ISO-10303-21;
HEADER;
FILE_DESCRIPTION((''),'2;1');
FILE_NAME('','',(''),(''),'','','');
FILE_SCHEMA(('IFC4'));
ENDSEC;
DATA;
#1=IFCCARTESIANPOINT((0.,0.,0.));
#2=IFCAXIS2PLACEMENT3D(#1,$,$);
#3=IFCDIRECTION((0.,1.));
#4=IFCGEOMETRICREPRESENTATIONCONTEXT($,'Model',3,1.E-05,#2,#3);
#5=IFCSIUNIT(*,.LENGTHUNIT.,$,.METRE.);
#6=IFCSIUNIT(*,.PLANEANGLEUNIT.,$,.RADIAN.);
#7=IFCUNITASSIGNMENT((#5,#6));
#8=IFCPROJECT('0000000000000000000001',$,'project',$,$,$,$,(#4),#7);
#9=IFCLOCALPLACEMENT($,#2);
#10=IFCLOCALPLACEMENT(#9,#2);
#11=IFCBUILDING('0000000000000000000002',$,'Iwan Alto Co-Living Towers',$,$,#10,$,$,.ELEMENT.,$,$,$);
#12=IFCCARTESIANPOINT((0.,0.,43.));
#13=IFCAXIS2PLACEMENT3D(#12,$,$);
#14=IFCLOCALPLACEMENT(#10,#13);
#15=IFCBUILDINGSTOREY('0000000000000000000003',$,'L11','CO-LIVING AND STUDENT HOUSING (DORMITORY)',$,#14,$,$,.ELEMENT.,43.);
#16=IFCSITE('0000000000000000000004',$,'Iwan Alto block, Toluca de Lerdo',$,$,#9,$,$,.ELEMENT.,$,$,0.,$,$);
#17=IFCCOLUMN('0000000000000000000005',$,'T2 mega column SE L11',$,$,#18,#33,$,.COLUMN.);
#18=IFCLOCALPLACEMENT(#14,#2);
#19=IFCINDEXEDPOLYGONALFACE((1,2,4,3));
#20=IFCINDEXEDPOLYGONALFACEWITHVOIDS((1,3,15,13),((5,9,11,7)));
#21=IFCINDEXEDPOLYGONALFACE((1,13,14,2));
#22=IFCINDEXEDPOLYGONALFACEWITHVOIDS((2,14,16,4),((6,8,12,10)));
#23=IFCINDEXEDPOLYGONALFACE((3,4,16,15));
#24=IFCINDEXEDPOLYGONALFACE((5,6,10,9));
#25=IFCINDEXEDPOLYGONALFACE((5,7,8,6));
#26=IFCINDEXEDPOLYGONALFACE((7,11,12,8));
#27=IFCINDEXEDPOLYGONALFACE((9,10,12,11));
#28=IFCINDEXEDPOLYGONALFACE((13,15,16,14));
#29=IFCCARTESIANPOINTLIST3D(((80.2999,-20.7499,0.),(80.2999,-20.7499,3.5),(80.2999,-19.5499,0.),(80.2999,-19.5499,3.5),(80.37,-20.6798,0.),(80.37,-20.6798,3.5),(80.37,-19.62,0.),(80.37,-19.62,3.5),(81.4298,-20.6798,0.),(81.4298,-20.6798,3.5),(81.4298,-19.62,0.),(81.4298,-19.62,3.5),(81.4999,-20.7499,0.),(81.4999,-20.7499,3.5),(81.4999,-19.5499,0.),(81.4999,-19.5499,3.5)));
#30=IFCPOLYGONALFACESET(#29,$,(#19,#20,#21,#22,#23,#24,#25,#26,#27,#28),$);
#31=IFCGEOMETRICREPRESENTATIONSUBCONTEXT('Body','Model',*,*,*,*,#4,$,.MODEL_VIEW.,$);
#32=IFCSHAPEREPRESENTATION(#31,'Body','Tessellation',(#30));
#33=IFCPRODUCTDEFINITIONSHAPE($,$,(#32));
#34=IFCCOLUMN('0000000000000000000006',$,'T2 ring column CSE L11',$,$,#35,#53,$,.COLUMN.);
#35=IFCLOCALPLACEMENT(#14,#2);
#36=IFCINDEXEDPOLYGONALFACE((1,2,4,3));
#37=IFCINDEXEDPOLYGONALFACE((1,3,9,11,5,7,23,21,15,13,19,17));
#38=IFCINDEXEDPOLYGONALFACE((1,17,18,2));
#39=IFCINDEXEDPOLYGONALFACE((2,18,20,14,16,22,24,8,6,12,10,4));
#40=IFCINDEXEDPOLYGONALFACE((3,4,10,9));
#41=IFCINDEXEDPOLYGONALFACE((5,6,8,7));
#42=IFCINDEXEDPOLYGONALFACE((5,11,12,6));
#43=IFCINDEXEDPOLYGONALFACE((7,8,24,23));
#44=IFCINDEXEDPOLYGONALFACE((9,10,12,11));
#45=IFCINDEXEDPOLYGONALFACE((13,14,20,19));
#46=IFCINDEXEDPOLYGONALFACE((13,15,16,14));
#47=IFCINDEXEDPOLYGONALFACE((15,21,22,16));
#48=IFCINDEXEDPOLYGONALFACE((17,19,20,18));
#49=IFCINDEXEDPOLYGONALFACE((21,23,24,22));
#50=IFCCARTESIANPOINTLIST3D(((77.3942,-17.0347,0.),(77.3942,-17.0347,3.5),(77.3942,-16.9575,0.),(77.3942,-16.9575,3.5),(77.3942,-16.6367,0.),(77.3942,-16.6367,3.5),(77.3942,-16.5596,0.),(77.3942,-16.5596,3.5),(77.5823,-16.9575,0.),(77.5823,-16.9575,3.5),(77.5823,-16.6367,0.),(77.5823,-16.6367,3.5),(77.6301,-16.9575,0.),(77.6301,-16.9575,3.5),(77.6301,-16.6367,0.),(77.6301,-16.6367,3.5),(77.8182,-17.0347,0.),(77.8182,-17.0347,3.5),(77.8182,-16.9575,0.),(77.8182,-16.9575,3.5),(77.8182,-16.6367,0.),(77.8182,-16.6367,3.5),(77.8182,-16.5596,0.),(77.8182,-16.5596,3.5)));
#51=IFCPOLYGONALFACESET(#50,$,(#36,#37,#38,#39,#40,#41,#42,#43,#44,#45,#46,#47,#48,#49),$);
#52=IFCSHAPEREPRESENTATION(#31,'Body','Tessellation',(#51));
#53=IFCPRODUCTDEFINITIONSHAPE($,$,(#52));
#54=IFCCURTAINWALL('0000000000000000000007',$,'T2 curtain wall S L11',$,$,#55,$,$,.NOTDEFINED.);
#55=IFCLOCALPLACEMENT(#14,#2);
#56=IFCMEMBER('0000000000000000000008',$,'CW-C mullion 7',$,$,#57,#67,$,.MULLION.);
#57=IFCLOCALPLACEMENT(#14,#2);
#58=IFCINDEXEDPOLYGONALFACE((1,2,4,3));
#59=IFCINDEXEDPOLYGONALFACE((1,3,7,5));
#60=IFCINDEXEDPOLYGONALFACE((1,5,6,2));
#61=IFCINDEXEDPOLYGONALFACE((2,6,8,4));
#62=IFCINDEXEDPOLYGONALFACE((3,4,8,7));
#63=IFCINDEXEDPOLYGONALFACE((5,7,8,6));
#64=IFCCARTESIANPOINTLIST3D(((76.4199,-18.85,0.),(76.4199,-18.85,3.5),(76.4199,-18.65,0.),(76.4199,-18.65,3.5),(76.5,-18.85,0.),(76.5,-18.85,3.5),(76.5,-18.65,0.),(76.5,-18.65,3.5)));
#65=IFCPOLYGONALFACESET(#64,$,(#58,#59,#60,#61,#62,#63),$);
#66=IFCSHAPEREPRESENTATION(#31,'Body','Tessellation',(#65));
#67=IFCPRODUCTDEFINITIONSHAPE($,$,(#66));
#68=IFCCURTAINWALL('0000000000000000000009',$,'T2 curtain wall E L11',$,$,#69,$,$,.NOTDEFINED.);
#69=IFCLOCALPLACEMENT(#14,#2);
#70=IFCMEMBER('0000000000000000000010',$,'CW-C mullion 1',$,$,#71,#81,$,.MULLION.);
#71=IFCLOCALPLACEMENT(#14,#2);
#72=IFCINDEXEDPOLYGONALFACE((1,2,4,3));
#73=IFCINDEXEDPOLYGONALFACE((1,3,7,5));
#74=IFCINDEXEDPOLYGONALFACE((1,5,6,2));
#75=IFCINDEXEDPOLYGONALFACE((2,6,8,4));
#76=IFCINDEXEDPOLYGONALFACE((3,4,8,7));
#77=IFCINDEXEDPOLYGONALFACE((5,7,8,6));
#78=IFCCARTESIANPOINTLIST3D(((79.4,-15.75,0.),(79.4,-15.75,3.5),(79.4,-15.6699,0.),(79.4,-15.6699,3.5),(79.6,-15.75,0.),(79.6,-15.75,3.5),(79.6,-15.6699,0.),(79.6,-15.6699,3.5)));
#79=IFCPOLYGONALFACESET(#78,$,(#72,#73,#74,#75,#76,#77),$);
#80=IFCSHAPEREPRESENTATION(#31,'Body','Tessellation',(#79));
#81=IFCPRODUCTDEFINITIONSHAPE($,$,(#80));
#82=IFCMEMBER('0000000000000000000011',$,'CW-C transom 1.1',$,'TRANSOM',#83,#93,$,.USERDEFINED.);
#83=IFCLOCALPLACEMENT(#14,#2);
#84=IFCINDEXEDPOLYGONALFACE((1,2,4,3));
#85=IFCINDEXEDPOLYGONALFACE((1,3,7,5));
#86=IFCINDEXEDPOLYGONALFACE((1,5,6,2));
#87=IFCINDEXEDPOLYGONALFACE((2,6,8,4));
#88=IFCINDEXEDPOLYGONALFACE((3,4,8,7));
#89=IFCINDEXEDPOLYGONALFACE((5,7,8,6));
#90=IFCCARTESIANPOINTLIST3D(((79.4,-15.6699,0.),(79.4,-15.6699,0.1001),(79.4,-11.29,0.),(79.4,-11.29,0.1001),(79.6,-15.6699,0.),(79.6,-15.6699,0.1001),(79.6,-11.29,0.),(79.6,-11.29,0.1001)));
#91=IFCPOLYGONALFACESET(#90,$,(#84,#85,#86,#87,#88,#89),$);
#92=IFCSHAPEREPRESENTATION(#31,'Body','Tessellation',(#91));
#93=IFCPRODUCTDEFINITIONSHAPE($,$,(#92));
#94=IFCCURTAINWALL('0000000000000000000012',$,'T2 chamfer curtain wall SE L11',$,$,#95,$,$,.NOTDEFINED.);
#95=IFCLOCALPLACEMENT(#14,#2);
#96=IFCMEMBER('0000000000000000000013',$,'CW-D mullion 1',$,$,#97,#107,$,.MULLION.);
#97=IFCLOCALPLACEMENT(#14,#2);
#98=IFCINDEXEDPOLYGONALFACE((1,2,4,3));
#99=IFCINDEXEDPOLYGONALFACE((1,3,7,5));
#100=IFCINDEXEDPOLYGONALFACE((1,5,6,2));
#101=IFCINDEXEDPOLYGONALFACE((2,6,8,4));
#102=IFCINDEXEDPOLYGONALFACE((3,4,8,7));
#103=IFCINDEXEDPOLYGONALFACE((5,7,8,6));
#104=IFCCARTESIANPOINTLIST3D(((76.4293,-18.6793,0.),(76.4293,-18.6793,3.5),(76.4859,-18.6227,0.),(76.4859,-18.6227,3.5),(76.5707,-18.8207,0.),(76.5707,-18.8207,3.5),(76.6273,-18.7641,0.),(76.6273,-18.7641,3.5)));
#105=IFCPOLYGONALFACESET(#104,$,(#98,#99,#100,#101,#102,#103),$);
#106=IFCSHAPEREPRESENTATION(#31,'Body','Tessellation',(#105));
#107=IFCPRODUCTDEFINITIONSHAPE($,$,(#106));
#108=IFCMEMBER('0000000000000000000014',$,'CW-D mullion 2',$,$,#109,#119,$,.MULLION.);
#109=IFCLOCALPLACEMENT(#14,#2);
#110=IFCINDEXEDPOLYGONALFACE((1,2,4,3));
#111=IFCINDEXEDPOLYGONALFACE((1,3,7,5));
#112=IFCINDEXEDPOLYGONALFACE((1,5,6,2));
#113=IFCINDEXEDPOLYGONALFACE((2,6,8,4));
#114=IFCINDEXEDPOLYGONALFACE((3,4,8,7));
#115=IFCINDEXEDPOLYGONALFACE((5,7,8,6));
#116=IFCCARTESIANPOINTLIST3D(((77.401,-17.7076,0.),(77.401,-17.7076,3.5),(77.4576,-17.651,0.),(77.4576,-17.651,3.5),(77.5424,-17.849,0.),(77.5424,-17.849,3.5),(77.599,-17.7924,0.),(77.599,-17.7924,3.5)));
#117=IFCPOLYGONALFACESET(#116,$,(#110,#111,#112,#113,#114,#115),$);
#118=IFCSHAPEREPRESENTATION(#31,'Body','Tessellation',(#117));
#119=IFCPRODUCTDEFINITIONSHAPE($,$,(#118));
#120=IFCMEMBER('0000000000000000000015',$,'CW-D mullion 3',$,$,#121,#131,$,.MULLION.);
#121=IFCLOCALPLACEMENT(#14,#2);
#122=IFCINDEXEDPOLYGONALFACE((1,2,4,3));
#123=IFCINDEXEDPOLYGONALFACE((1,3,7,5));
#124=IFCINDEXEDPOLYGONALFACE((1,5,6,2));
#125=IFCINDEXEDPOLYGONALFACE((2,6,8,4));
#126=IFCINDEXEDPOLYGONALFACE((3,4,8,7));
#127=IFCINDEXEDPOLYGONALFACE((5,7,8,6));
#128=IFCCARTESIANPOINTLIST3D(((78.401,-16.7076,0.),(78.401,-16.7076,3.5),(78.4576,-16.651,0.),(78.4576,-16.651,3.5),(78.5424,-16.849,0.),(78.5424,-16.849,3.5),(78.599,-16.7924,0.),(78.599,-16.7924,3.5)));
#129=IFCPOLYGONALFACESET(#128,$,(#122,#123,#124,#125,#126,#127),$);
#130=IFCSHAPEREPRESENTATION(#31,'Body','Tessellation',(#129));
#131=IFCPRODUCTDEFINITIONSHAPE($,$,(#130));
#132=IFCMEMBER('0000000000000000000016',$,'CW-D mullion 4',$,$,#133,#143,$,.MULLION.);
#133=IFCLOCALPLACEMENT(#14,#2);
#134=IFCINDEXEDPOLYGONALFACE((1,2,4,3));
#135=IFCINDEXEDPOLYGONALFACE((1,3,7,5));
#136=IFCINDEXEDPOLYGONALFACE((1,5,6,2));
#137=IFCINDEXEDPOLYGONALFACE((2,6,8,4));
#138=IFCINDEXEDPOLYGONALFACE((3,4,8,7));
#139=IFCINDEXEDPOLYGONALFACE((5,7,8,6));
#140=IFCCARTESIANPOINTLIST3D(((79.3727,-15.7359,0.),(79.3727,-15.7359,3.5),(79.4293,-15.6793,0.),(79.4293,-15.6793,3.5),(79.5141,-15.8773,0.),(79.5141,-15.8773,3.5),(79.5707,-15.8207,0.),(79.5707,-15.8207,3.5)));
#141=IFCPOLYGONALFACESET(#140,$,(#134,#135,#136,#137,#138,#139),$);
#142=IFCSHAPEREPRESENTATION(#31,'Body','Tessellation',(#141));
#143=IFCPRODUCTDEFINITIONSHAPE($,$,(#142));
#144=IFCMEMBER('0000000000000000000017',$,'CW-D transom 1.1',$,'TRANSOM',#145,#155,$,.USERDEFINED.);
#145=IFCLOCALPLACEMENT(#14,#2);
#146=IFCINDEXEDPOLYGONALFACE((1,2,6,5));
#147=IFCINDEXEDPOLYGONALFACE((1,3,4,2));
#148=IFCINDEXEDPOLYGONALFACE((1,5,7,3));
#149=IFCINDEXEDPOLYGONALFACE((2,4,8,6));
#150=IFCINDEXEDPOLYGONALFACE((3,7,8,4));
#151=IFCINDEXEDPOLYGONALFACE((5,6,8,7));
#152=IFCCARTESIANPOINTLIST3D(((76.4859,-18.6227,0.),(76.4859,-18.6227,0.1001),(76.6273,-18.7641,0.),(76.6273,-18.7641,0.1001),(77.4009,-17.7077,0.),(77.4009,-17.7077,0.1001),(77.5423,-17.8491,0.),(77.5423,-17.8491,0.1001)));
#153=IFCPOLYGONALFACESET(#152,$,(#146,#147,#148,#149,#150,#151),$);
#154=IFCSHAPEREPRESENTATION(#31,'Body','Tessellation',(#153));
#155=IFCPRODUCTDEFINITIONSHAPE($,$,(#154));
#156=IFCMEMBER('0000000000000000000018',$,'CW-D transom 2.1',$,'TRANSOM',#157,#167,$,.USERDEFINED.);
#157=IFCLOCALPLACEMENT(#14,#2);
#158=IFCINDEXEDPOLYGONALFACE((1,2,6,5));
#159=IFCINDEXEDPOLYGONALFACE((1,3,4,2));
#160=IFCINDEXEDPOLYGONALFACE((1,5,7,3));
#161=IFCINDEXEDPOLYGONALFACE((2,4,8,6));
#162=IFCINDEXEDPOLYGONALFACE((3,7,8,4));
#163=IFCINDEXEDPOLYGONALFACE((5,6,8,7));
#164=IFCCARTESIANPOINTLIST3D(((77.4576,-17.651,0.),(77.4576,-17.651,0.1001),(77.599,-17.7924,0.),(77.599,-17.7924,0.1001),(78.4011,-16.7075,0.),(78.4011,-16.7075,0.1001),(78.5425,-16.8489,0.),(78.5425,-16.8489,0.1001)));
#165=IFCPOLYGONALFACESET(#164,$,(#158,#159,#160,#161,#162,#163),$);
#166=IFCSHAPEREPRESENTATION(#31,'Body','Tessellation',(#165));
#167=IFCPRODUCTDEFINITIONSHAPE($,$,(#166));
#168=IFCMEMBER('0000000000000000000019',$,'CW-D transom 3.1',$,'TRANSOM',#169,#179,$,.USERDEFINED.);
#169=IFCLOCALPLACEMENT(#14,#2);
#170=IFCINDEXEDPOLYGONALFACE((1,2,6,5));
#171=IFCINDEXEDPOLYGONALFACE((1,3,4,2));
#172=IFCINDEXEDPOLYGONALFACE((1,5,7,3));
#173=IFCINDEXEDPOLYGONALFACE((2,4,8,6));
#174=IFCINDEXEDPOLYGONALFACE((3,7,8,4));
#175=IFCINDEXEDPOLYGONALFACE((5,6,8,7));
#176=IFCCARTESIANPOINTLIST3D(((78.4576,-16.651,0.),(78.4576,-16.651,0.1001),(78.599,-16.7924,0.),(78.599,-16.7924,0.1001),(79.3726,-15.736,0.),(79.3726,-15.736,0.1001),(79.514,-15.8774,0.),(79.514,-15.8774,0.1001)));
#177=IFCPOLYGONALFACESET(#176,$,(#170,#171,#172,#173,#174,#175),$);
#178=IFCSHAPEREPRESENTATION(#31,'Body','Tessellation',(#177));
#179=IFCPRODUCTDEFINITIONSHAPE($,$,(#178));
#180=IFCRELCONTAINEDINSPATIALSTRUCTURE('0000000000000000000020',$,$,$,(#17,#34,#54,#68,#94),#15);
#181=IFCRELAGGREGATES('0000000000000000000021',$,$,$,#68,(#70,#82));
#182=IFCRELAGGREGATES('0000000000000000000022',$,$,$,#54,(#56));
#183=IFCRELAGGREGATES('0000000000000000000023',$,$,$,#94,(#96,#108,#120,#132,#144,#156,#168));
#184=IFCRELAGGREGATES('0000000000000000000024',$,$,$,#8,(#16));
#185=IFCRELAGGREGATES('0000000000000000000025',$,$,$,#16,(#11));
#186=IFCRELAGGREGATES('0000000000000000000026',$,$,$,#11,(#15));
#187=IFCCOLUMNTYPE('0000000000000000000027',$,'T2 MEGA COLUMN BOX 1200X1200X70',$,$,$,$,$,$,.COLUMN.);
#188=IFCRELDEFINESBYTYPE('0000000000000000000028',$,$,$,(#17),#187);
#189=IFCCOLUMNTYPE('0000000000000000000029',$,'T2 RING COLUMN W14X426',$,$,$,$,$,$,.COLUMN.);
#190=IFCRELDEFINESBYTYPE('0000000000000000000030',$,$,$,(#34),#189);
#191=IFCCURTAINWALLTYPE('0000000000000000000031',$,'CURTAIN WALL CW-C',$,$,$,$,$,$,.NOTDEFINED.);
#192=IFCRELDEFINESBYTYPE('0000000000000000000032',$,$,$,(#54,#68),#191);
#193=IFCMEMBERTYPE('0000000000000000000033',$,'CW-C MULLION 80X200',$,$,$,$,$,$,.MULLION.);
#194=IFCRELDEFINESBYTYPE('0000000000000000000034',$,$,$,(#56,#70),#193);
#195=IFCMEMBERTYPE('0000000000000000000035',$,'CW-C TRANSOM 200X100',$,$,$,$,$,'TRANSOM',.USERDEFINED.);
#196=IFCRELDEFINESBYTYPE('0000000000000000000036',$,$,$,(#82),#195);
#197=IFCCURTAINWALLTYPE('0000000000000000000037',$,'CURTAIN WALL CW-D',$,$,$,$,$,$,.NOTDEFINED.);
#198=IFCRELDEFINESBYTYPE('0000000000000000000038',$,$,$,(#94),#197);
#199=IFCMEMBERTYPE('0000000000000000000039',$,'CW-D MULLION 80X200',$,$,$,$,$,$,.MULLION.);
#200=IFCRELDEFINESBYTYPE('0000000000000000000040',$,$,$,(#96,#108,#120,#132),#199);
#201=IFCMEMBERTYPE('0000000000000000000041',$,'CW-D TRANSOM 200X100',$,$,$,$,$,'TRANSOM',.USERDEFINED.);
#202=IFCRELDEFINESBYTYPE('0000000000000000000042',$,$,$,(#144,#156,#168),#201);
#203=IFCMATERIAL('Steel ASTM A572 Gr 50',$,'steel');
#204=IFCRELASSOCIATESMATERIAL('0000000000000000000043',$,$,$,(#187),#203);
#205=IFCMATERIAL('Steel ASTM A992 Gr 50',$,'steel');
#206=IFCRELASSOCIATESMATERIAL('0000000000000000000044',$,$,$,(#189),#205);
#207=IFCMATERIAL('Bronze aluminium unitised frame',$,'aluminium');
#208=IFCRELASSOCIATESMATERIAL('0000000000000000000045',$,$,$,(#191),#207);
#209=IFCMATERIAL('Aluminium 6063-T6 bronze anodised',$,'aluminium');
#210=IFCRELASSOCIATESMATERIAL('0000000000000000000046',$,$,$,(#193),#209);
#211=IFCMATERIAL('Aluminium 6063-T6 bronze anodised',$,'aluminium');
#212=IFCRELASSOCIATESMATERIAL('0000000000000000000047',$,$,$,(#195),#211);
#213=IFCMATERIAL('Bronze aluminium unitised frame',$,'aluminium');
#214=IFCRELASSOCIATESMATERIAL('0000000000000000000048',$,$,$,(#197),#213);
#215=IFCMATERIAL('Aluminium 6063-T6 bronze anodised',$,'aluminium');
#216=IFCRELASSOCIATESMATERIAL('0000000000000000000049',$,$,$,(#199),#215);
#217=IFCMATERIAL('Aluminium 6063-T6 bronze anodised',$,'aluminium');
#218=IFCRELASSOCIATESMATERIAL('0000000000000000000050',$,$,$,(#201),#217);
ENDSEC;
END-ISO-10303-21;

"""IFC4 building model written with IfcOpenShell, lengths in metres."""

from ifc_helpers import new_model, si_unit, direction, frame, origin, origin_2d, place, context, subcontext, project, spatial, rectangle, hollow_rectangle, i_section, extrude, material, material_profile, profile_set, type_object, element, aggregate, save


model = new_model("IFC4")

# Units and contexts
model_context = context("Model", 3, precision=1e-05, world=origin(), true_north=direction((0.0, 1.0)))
body_context = subcontext(model_context, "Body", "Model", "MODEL_VIEW")
ifc_project = project(units=[si_unit("LENGTHUNIT", "METRE"), si_unit("PLANEANGLEUNIT", "RADIAN")], contexts=[model_context])

# Site, building, storey
site_placement = place(None, origin())
site = spatial("IfcSite", under=ifc_project, at=site_placement, Name="Iwan Alto block, Toluca de Lerdo", CompositionType="ELEMENT", RefElevation=0.0)
building_placement = place(site_placement, origin())
building = spatial("IfcBuilding", under=site, at=building_placement, Name="Iwan Alto Co-Living Towers", CompositionType="ELEMENT")
storey_placement = place(building_placement, frame((0.0, 0.0, 43.0)))
storey = spatial("IfcBuildingStorey", under=building, at=storey_placement, Name="L11", Description="CO-LIVING AND STUDENT HOUSING (DORMITORY)", CompositionType="ELEMENT", Elevation=43.0)

# Columns
ifc_material_1 = material(Name="Steel ASTM A572 Gr 50", Category="steel")
ifc_material_profile_1 = material_profile(ifc_material_1, hollow_rectangle(XDim=1.2, YDim=1.2, WallThickness=0.0701, at=origin_2d()), Name="BOX 1200X1200X70")
ifc_profile_set_1 = profile_set([ifc_material_profile_1], Name="Steel ASTM A572 Gr 50")
column_type_1 = type_object("IfcColumnType", Name="T2 MEGA COLUMN BOX 1200X1200X70", PredefinedType="COLUMN", material=ifc_profile_set_1)
column_1_placement = place(storey_placement, frame((80.8999, -20.1499, 0.0), z_axis=(0.0, 0.0, 1.0), x_axis=(1.0, 0.0, 0.0)))
element("IfcColumn", 1, at=column_1_placement, inside=storey, type_object=column_type_1, Name="T2 mega column SE L11", PredefinedType="COLUMN", context=body_context, shape_type="SweptSolid", body=[
    extrude(hollow_rectangle(XDim=1.2, YDim=1.2, WallThickness=0.0701, at=origin_2d()), origin(), (0.0, 0.0, 1.0), 3.5),
])
ifc_material_2 = material(Name="Steel ASTM A992 Gr 50", Category="steel")
ifc_material_profile_2 = material_profile(ifc_material_2, i_section(OverallWidth=0.4241, OverallDepth=0.4751, WebThickness=0.0479, FlangeThickness=0.0771, at=origin_2d()), Name="W14X426")
ifc_profile_set_2 = profile_set([ifc_material_profile_2], Name="Steel ASTM A992 Gr 50")
column_type_2 = type_object("IfcColumnType", Name="T2 RING COLUMN W14X426", PredefinedType="COLUMN", material=ifc_profile_set_2)
column_2_placement = place(storey_placement, frame((77.6062, -16.7971, 0.0), z_axis=(0.0, 0.0, 1.0), x_axis=(1.0, 0.0, 0.0)))
element("IfcColumn", 2, at=column_2_placement, inside=storey, type_object=column_type_2, Name="T2 ring column CSE L11", PredefinedType="COLUMN", context=body_context, shape_type="SweptSolid", body=[
    extrude(i_section(OverallWidth=0.4241, OverallDepth=0.4751, WebThickness=0.0479, FlangeThickness=0.0771, at=origin_2d()), origin(), (0.0, 0.0, 1.0), 3.5),
])

# Curtain wall, member
ifc_material_3 = material(Name="Bronze aluminium unitised frame", Category="aluminium")
curtain_wall_type_1 = type_object("IfcCurtainWallType", Name="CURTAIN WALL CW-C", PredefinedType="NOTDEFINED", material=ifc_material_3)
curtain_wall_1_placement = place(storey_placement, origin())
curtain_wall_1 = element("IfcCurtainWall", 3, at=curtain_wall_1_placement, inside=storey, type_object=curtain_wall_type_1, Name="T2 curtain wall S L11", PredefinedType="NOTDEFINED")
ifc_material_4 = material(Name="Aluminium 6063-T6 bronze anodised", Category="aluminium")
ifc_material_profile_3 = material_profile(ifc_material_4, rectangle(XDim=0.2, YDim=0.0801, at=origin_2d()), Name="AL 80X200")
ifc_profile_set_3 = profile_set([ifc_material_profile_3], Name="Aluminium 6063-T6 bronze anodised")
member_type_1 = type_object("IfcMemberType", Name="CW-C MULLION 80X200", PredefinedType="MULLION", material=ifc_profile_set_3)
member_1_placement = place(storey_placement, frame((76.46, -18.75, 0.0), z_axis=(0.0, 0.0, 1.0), x_axis=(0.0, 1.0, 0.0)))
member_1 = element("IfcMember", 4, at=member_1_placement, type_object=member_type_1, Name="CW-C mullion 7", PredefinedType="MULLION", context=body_context, shape_type="SweptSolid", body=[
    extrude(rectangle(XDim=0.2, YDim=0.0801, at=origin_2d()), origin(), (0.0, 0.0, 1.0), 3.5),
])

# Curtain walls, members
curtain_wall_2_placement = place(storey_placement, origin())
curtain_wall_2 = element("IfcCurtainWall", 5, at=curtain_wall_2_placement, inside=storey, type_object=curtain_wall_type_1, Name="T2 curtain wall E L11", PredefinedType="NOTDEFINED")
member_2_placement = place(storey_placement, frame((79.5, -15.71, 0.0), z_axis=(0.0, 0.0, 1.0), x_axis=(-1.0, 0.0, 0.0)))
member_2 = element("IfcMember", 6, at=member_2_placement, type_object=member_type_1, Name="CW-C mullion 1", PredefinedType="MULLION", context=body_context, shape_type="SweptSolid", body=[
    extrude(rectangle(XDim=0.2, YDim=0.0801, at=origin_2d()), origin(), (0.0, 0.0, 1.0), 3.5),
])
ifc_material_5 = material(Name="Aluminium 6063-T6 bronze anodised", Category="aluminium")
ifc_material_profile_4 = material_profile(ifc_material_5, rectangle(XDim=0.2, YDim=0.1001, at=origin_2d()), Name="AL 200X100")
ifc_profile_set_4 = profile_set([ifc_material_profile_4], Name="Aluminium 6063-T6 bronze anodised")
member_type_2 = type_object("IfcMemberType", Name="CW-C TRANSOM 200X100", ElementType="TRANSOM", PredefinedType="USERDEFINED", material=ifc_profile_set_4)
member_3_placement = place(storey_placement, frame((79.5, -15.6699, 0.05), z_axis=(0.0, 1.0, 0.0), x_axis=(-1.0, 0.0, 0.0)))
member_3 = element("IfcMember", 7, at=member_3_placement, type_object=member_type_2, Name="CW-C transom 1.1", ObjectType="TRANSOM", PredefinedType="USERDEFINED", context=body_context, shape_type="SweptSolid", body=[
    extrude(rectangle(XDim=0.2, YDim=0.1001, at=origin_2d()), origin(), (0.0, 0.0, 1.0), 4.3799),
])
aggregate(curtain_wall_2, [member_2, member_3])
ifc_material_6 = material(Name="Bronze aluminium unitised frame", Category="aluminium")
curtain_wall_type_2 = type_object("IfcCurtainWallType", Name="CURTAIN WALL CW-D", PredefinedType="NOTDEFINED", material=ifc_material_6)
curtain_wall_3_placement = place(storey_placement, origin())
curtain_wall_3 = element("IfcCurtainWall", 8, at=curtain_wall_3_placement, inside=storey, type_object=curtain_wall_type_2, Name="T2 chamfer curtain wall SE L11", PredefinedType="NOTDEFINED")
ifc_material_7 = material(Name="Aluminium 6063-T6 bronze anodised", Category="aluminium")
ifc_material_profile_5 = material_profile(ifc_material_7, rectangle(XDim=0.2, YDim=0.0801, at=origin_2d()), Name="AL 80X200")
ifc_profile_set_5 = profile_set([ifc_material_profile_5], Name="Aluminium 6063-T6 bronze anodised")
member_type_3 = type_object("IfcMemberType", Name="CW-D MULLION 80X200", PredefinedType="MULLION", material=ifc_profile_set_5)
member_4_placement = place(storey_placement, frame((76.5283, -18.7217, 0.0), z_axis=(0.0, 0.0, 1.0), x_axis=(-0.707107, 0.707107, 0.0)))
member_4 = element("IfcMember", 9, at=member_4_placement, type_object=member_type_3, Name="CW-D mullion 1", PredefinedType="MULLION", context=body_context, shape_type="SweptSolid", body=[
    extrude(rectangle(XDim=0.2, YDim=0.0801, at=origin_2d()), origin(), (0.0, 0.0, 1.0), 3.5),
])
member_5_placement = place(storey_placement, frame((77.5, -17.75, 0.0), z_axis=(0.0, 0.0, 1.0), x_axis=(-0.707107, 0.707107, 0.0)))
member_5 = element("IfcMember", 10, at=member_5_placement, type_object=member_type_3, Name="CW-D mullion 2", PredefinedType="MULLION", context=body_context, shape_type="SweptSolid", body=[
    extrude(rectangle(XDim=0.2, YDim=0.0801, at=origin_2d()), origin(), (0.0, 0.0, 1.0), 3.5),
])
member_6_placement = place(storey_placement, frame((78.5, -16.75, 0.0), z_axis=(0.0, 0.0, 1.0), x_axis=(-0.707107, 0.707107, 0.0)))
member_6 = element("IfcMember", 11, at=member_6_placement, type_object=member_type_3, Name="CW-D mullion 3", PredefinedType="MULLION", context=body_context, shape_type="SweptSolid", body=[
    extrude(rectangle(XDim=0.2, YDim=0.0801, at=origin_2d()), origin(), (0.0, 0.0, 1.0), 3.5),
])
member_7_placement = place(storey_placement, frame((79.4717, -15.7783, 0.0), z_axis=(0.0, 0.0, 1.0), x_axis=(-0.707107, 0.707107, 0.0)))
member_7 = element("IfcMember", 12, at=member_7_placement, type_object=member_type_3, Name="CW-D mullion 4", PredefinedType="MULLION", context=body_context, shape_type="SweptSolid", body=[
    extrude(rectangle(XDim=0.2, YDim=0.0801, at=origin_2d()), origin(), (0.0, 0.0, 1.0), 3.5),
])
ifc_material_8 = material(Name="Aluminium 6063-T6 bronze anodised", Category="aluminium")
ifc_material_profile_6 = material_profile(ifc_material_8, rectangle(XDim=0.2, YDim=0.1001, at=origin_2d()), Name="AL 200X100")
ifc_profile_set_6 = profile_set([ifc_material_profile_6], Name="Aluminium 6063-T6 bronze anodised")
member_type_4 = type_object("IfcMemberType", Name="CW-D TRANSOM 200X100", ElementType="TRANSOM", PredefinedType="USERDEFINED", material=ifc_profile_set_6)
member_8_placement = place(storey_placement, frame((76.5566, -18.6934, 0.05), z_axis=(0.707107, 0.707107, 0.0), x_axis=(-0.707107, 0.707107, 0.0)))
member_8 = element("IfcMember", 13, at=member_8_placement, type_object=member_type_4, Name="CW-D transom 1.1", ObjectType="TRANSOM", PredefinedType="USERDEFINED", context=body_context, shape_type="SweptSolid", body=[
    extrude(rectangle(XDim=0.2, YDim=0.1001, at=origin_2d()), origin(), (0.0, 0.0, 1.0), 1.2939),
])
member_9_placement = place(storey_placement, frame((77.5283, -17.7217, 0.05), z_axis=(0.707107, 0.707107, 0.0), x_axis=(-0.707107, 0.707107, 0.0)))
member_9 = element("IfcMember", 14, at=member_9_placement, type_object=member_type_4, Name="CW-D transom 2.1", ObjectType="TRANSOM", PredefinedType="USERDEFINED", context=body_context, shape_type="SweptSolid", body=[
    extrude(rectangle(XDim=0.2, YDim=0.1001, at=origin_2d()), origin(), (0.0, 0.0, 1.0), 1.3342),
])
member_10_placement = place(storey_placement, frame((78.5283, -16.7217, 0.05), z_axis=(0.707107, 0.707107, 0.0), x_axis=(-0.707107, 0.707107, 0.0)))
member_10 = element("IfcMember", 15, at=member_10_placement, type_object=member_type_4, Name="CW-D transom 3.1", ObjectType="TRANSOM", PredefinedType="USERDEFINED", context=body_context, shape_type="SweptSolid", body=[
    extrude(rectangle(XDim=0.2, YDim=0.1001, at=origin_2d()), origin(), (0.0, 0.0, 1.0), 1.2939),
])

aggregate(curtain_wall_1, [member_1])
aggregate(curtain_wall_3, [member_4, member_5, member_6, member_7, member_8, member_9, member_10])

save(model, "model.ifc")
